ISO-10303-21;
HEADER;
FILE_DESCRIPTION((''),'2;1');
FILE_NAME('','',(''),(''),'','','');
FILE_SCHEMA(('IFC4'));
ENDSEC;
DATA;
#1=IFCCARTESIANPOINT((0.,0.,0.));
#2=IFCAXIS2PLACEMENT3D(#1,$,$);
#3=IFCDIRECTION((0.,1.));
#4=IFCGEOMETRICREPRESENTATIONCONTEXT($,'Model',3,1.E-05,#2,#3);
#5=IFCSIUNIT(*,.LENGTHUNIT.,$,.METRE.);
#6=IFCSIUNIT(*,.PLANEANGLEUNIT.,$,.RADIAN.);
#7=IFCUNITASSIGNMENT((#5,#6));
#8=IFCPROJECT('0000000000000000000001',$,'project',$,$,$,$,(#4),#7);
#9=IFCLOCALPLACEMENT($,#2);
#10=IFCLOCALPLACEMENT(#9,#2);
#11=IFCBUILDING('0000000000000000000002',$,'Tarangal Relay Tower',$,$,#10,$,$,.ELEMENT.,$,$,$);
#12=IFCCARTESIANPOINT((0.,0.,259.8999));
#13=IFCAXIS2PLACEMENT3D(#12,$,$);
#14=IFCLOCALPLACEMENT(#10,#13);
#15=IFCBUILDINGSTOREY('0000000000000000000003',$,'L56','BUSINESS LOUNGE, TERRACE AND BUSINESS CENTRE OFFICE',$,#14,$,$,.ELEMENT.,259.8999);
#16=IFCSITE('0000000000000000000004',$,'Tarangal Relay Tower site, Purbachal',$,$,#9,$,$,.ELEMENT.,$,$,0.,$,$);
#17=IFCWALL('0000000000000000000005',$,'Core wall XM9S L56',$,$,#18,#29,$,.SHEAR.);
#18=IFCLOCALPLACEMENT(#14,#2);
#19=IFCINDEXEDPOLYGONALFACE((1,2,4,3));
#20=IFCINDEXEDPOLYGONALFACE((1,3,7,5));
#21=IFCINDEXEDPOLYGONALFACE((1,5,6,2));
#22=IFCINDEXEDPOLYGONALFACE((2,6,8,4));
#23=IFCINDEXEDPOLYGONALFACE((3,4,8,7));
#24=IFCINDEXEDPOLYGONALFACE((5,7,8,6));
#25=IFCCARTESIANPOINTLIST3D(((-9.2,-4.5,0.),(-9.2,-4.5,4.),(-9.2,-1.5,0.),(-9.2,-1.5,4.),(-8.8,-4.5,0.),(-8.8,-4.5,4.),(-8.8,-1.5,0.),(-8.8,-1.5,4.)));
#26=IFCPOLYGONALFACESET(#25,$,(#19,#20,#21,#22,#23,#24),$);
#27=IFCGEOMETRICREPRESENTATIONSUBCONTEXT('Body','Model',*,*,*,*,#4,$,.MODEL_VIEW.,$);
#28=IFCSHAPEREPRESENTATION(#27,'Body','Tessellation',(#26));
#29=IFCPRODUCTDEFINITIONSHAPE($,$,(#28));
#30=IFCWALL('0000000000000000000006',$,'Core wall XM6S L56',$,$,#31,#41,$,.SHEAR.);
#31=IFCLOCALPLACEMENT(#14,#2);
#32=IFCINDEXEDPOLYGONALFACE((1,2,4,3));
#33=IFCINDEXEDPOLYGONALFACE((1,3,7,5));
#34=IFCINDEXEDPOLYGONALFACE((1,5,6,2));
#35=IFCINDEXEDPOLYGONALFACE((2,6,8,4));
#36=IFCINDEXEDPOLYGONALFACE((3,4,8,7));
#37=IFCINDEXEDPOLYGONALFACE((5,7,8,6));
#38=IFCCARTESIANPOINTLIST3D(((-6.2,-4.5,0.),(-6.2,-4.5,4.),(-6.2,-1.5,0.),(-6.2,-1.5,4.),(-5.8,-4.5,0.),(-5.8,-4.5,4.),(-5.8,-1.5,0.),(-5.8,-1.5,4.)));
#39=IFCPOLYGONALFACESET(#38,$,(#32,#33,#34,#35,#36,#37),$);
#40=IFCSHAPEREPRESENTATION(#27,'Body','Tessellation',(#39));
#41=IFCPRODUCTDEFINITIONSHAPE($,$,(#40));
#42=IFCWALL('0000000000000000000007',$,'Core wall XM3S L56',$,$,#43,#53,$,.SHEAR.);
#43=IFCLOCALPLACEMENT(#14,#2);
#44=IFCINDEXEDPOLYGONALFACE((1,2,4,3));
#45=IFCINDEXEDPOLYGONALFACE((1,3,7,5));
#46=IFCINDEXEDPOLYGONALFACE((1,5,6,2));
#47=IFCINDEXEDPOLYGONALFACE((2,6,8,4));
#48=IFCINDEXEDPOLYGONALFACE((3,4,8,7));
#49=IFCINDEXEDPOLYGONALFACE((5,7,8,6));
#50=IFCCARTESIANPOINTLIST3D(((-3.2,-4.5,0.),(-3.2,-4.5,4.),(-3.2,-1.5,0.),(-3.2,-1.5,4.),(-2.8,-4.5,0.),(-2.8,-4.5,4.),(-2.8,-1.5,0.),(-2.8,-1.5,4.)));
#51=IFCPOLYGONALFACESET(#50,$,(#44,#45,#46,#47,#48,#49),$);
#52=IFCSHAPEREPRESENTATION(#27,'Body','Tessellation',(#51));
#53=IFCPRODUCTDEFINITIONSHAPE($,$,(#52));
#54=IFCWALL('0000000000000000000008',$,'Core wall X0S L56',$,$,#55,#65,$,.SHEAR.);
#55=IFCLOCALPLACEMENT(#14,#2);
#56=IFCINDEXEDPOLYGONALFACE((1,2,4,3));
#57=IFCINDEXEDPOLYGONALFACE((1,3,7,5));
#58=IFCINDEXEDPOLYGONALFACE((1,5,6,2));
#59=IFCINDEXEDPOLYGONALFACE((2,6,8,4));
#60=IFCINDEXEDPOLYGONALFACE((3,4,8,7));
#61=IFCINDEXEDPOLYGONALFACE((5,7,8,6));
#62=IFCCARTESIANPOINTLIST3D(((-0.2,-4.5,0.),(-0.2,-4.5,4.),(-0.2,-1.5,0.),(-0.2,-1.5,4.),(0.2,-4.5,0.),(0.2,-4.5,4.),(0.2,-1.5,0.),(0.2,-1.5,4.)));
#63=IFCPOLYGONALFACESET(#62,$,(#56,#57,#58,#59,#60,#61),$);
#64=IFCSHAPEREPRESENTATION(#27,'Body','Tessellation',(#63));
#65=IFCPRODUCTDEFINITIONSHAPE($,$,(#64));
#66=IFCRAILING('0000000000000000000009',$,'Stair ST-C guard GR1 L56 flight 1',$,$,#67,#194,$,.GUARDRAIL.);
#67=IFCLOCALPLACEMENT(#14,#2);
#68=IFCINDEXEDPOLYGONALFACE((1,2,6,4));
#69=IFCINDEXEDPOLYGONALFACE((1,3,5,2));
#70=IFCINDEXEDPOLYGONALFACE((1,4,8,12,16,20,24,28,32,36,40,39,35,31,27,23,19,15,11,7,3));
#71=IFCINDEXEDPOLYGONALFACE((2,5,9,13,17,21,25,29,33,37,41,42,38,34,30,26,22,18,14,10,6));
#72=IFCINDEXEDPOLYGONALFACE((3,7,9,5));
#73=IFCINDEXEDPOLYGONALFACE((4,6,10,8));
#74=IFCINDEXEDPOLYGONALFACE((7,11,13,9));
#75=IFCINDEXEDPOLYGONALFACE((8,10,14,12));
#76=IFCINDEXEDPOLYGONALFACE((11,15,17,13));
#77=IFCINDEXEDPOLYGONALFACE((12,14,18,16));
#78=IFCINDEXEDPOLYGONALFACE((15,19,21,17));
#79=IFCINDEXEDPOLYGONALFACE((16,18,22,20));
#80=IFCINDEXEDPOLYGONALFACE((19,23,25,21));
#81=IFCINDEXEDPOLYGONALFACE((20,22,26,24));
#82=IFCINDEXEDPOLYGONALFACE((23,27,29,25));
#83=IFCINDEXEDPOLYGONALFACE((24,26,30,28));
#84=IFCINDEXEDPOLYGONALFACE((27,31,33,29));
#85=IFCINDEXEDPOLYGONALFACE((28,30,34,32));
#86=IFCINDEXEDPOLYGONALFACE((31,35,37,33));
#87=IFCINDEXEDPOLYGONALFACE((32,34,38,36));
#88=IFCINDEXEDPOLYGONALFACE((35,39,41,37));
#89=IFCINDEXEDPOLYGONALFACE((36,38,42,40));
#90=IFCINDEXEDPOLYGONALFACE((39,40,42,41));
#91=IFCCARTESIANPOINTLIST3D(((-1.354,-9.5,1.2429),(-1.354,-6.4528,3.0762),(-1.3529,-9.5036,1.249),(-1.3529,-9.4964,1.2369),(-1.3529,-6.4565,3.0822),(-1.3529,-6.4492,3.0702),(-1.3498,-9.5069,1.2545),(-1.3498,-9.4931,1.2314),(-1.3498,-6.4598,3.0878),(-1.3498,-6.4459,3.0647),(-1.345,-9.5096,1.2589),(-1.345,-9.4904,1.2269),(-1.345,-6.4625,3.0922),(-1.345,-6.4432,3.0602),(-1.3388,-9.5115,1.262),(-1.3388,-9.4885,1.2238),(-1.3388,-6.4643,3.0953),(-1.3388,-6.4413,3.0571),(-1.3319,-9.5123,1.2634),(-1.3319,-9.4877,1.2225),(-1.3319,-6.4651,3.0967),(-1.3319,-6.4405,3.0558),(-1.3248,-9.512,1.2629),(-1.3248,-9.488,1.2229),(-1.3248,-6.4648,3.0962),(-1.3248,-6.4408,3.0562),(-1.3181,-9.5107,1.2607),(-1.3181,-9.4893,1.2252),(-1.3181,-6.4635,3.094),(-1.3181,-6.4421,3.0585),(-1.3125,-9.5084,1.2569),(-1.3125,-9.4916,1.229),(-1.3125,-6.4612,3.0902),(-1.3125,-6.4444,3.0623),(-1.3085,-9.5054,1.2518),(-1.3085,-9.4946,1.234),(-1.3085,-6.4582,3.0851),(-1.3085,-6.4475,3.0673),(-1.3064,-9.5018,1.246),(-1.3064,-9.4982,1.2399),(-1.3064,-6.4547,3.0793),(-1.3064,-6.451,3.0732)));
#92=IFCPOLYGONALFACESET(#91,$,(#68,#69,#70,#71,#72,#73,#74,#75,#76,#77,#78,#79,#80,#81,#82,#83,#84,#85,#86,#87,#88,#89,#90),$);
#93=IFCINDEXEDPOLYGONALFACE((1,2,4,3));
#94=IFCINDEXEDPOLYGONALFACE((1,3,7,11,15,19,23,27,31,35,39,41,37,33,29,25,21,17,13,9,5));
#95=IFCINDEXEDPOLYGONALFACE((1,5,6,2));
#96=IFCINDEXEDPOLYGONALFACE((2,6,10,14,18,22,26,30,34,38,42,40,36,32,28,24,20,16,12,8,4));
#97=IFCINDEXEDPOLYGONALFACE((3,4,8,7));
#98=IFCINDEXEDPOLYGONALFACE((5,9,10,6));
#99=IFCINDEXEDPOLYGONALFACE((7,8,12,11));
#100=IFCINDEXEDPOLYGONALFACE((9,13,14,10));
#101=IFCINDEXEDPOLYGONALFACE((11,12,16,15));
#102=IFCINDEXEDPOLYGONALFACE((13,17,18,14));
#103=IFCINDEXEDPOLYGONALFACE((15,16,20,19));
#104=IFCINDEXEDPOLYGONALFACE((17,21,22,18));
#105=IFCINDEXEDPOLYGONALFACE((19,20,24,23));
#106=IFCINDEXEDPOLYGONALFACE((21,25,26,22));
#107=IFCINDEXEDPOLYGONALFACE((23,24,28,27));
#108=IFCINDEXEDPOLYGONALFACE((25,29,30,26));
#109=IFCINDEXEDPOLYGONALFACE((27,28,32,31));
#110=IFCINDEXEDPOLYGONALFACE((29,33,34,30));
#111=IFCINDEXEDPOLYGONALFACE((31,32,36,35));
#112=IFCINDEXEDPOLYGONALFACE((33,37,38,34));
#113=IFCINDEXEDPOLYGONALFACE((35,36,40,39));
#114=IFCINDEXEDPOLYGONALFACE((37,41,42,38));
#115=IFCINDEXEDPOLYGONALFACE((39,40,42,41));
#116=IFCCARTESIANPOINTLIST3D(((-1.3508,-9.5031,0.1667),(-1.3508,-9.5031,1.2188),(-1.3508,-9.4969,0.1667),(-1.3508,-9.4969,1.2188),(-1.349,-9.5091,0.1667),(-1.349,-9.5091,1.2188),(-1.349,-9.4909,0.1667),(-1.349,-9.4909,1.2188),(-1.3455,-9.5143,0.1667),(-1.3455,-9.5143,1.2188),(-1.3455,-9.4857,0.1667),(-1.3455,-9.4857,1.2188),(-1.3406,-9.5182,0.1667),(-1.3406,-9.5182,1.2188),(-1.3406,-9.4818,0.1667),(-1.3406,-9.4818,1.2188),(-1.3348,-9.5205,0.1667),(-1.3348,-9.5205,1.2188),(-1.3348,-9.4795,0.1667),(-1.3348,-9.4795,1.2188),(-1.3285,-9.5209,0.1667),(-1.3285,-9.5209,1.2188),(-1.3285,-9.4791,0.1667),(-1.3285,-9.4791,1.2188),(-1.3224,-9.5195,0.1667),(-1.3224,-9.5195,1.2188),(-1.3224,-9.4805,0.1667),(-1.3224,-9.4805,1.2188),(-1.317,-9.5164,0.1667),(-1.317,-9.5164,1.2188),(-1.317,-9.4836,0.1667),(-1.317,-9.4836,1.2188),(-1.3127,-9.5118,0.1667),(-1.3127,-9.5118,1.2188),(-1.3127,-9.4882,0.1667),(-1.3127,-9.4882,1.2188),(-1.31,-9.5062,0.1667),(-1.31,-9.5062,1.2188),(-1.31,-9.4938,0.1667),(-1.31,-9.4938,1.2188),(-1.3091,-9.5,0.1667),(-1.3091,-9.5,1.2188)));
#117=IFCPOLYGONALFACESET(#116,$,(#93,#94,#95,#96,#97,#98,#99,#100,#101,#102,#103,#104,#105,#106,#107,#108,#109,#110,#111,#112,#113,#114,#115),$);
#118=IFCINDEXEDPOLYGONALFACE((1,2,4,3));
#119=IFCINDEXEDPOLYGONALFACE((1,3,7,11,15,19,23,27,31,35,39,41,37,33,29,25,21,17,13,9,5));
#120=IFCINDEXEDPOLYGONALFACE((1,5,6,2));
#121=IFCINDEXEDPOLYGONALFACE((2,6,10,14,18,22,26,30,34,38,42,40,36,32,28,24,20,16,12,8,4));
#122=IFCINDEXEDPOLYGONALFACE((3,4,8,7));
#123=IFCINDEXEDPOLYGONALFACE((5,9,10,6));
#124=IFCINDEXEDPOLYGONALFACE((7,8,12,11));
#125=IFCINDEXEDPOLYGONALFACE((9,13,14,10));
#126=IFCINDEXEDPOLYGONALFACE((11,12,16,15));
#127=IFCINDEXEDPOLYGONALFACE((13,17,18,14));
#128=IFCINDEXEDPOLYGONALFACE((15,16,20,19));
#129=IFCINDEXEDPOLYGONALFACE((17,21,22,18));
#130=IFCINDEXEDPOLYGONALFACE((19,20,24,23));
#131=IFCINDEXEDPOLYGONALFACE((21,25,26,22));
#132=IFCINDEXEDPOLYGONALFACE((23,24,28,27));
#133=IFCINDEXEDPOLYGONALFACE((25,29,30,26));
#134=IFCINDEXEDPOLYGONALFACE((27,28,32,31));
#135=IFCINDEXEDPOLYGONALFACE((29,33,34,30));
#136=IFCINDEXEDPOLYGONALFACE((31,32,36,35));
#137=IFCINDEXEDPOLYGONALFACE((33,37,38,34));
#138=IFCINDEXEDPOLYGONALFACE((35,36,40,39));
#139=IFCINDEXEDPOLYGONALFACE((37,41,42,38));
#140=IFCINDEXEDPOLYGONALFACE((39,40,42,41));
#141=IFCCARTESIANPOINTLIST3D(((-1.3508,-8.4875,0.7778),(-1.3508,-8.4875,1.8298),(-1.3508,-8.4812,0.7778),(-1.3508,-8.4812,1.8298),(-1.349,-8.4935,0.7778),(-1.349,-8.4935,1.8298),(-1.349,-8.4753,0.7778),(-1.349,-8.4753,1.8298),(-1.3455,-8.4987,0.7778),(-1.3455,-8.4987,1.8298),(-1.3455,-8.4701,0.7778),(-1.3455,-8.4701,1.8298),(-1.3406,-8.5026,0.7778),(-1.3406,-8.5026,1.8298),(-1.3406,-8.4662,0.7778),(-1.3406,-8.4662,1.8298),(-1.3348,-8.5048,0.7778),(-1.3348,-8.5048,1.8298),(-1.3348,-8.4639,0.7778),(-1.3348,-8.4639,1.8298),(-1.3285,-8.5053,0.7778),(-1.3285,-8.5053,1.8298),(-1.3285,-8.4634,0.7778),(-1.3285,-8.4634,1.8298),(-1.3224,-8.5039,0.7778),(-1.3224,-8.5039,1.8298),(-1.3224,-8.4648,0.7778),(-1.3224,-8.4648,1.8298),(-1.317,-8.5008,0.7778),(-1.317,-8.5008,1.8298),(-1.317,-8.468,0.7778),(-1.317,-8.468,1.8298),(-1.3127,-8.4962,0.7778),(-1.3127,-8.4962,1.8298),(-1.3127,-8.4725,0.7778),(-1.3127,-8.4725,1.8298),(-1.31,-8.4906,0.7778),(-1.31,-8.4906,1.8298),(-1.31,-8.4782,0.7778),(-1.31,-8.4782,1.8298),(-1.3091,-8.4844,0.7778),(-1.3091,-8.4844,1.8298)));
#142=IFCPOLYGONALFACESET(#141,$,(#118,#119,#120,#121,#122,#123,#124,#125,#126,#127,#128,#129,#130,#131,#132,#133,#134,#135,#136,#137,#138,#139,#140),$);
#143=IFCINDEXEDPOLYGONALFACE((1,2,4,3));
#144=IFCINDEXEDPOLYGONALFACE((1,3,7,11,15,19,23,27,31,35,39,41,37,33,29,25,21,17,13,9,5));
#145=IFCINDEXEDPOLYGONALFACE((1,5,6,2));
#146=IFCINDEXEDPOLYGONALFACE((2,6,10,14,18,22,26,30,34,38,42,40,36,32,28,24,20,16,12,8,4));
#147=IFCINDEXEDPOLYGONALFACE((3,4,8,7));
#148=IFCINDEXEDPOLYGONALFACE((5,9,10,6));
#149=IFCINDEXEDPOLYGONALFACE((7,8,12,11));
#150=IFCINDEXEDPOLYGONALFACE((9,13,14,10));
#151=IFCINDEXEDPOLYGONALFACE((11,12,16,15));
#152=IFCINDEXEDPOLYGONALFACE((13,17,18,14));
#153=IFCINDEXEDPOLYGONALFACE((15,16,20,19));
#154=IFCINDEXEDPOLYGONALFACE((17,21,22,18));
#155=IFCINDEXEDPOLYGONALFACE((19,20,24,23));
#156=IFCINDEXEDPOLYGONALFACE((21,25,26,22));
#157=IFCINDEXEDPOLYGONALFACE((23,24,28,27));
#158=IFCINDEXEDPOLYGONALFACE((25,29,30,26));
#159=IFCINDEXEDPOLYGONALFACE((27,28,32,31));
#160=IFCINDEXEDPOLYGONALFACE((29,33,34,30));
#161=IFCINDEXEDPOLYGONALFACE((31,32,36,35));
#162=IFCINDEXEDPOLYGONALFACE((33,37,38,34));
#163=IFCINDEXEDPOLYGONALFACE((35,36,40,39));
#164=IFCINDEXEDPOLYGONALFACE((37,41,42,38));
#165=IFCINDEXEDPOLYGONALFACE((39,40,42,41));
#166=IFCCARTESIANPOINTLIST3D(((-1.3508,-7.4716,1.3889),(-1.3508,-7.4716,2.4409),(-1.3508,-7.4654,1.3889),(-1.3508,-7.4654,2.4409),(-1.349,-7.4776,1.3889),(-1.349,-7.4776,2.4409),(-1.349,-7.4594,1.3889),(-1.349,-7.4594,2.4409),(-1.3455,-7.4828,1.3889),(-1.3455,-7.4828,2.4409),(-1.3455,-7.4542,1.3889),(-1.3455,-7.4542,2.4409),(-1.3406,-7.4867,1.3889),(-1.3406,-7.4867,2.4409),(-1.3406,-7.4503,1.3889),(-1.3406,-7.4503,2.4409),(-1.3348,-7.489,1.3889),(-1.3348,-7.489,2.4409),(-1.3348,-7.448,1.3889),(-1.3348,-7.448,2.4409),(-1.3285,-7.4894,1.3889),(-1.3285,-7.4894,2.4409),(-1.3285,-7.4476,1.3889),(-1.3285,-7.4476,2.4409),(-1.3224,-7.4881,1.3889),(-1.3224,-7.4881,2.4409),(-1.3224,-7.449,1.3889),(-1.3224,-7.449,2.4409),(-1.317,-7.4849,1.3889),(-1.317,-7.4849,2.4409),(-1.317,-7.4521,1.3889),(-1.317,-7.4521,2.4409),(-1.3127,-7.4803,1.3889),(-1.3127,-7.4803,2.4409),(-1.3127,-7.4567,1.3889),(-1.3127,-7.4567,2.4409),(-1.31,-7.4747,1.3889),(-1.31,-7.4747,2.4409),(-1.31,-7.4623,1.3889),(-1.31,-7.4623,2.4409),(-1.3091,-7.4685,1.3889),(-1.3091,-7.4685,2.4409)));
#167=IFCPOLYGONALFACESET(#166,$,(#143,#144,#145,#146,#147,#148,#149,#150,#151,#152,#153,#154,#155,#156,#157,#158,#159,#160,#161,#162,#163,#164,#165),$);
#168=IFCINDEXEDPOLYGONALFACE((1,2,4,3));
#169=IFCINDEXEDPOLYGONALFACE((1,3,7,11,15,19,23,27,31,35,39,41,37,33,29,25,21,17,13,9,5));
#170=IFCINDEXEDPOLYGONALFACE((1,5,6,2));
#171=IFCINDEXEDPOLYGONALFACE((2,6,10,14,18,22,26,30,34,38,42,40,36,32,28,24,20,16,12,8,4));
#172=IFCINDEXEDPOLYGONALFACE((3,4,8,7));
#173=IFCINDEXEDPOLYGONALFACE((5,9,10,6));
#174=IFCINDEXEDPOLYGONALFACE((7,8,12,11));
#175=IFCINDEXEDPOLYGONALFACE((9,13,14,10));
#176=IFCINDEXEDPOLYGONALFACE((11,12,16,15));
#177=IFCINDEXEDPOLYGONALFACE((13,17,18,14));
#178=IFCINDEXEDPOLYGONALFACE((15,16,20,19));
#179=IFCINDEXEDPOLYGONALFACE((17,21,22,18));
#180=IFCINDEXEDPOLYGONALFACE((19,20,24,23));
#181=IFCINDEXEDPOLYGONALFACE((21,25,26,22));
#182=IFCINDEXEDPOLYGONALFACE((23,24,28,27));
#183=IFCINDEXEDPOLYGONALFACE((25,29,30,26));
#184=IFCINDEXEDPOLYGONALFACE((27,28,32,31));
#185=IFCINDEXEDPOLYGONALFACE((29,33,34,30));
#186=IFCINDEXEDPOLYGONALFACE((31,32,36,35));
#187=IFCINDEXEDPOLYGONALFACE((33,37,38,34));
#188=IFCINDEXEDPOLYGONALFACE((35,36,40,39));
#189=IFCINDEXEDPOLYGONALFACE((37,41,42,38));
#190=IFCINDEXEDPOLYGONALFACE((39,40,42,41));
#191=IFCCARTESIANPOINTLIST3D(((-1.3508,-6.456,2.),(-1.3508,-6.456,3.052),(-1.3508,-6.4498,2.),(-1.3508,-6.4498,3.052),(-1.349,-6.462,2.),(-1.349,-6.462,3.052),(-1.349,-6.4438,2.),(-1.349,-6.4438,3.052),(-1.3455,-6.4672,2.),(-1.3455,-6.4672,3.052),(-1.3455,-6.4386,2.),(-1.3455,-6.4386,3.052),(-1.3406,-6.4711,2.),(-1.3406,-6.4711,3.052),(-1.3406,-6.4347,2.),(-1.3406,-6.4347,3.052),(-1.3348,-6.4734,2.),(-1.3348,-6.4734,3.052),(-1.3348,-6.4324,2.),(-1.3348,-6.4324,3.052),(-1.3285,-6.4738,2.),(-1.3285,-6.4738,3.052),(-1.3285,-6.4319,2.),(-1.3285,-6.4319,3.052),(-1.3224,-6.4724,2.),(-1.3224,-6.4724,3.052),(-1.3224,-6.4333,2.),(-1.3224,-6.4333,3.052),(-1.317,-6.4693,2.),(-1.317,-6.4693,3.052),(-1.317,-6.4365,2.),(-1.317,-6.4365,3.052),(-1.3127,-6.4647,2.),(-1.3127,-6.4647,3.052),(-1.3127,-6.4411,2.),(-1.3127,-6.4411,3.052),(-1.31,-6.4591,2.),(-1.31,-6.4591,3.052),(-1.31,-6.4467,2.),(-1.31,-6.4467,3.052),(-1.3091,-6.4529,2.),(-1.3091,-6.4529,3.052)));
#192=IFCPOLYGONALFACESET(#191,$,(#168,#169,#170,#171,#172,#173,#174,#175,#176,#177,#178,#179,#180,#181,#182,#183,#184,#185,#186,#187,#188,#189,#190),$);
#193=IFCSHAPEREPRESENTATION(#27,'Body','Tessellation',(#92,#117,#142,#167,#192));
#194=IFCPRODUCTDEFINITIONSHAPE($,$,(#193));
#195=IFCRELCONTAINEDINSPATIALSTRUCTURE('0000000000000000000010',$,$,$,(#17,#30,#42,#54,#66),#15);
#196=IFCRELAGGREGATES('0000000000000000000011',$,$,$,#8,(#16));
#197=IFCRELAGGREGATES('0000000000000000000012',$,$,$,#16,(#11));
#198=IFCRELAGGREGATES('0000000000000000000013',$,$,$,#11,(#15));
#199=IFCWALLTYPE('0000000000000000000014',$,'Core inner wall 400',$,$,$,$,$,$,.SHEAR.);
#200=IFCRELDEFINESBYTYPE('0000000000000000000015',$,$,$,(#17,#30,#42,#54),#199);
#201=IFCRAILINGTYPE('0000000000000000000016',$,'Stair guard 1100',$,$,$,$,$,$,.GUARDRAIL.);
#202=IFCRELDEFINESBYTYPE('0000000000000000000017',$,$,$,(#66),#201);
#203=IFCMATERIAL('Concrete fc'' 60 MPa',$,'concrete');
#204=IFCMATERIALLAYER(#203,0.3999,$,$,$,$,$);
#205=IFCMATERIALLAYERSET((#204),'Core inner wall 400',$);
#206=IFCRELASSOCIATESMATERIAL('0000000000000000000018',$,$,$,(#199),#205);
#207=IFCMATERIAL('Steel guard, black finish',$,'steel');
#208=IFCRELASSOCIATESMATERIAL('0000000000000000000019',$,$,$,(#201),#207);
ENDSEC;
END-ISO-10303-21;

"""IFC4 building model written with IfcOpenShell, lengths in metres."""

from ifc_helpers import new_model, si_unit, direction, frame, frame_2d, origin, origin_2d, place, context, subcontext, project, spatial, rectangle, circle, extrude, material, layer, layer_set, type_object, element, save


model = new_model("IFC4")

# Units and contexts
model_context = context("Model", 3, precision=1e-05, world=origin(), true_north=direction((0.0, 1.0)))
body_context = subcontext(model_context, "Body", "Model", "MODEL_VIEW")
ifc_project = project(units=[si_unit("LENGTHUNIT", "METRE"), si_unit("PLANEANGLEUNIT", "RADIAN")], contexts=[model_context])

# Site, building, storey
site_placement = place(None, origin())
site = spatial("IfcSite", under=ifc_project, at=site_placement, Name="Tarangal Relay Tower site, Purbachal", CompositionType="ELEMENT", RefElevation=0.0)
building_placement = place(site_placement, origin())
building = spatial("IfcBuilding", under=site, at=building_placement, Name="Tarangal Relay Tower", CompositionType="ELEMENT")
storey_placement = place(building_placement, frame((0.0, 0.0, 259.8999)))
storey = spatial("IfcBuildingStorey", under=building, at=storey_placement, Name="L56", Description="BUSINESS LOUNGE, TERRACE AND BUSINESS CENTRE OFFICE", CompositionType="ELEMENT", Elevation=259.8999)

# Shared definitions
ifc_material_1 = material(Name="Concrete fc' 60 MPa", Category="concrete")
ifc_layer_1 = layer(ifc_material_1, 0.3999)
ifc_layer_set_1 = layer_set([ifc_layer_1], Name="Core inner wall 400")
wall_type_1 = type_object("IfcWallType", Name="Core inner wall 400", PredefinedType="SHEAR", material=ifc_layer_set_1)

# Walls
for number, where, z_axis, x_axis, name in (
    (1, (-9.0, -4.5, 0.0), (0.0, 0.0, 1.0), (0.0, 1.0, 0.0), "Core wall XM9S L56"),
    (2, (-6.0, -4.5, 0.0), (0.0, 0.0, 1.0), (0.0, 1.0, 0.0), "Core wall XM6S L56"),
    (3, (-3.0, -4.5, 0.0), (0.0, 0.0, 1.0), (0.0, 1.0, 0.0), "Core wall XM3S L56"),
    (4, (0.0, -4.5, 0.0), (0.0, 0.0, 1.0), (0.0, 1.0, 0.0), "Core wall X0S L56"),
):
    element("IfcWall", number, at=place(storey_placement, frame(where, z_axis=z_axis, x_axis=x_axis)), inside=storey, type_object=wall_type_1, Name=name, PredefinedType="SHEAR", context=body_context, shape_type="SweptSolid", body=[
        extrude(rectangle(XDim=3.0, YDim=0.3999, at=frame_2d((1.5, 0.0))), origin(), (0.0, 0.0, 1.0), 4.0),
    ])

# Railing
ifc_material_2 = material(Name="Steel guard, black finish", Category="steel")
railing_type = type_object("IfcRailingType", Name="Stair guard 1100", PredefinedType="GUARDRAIL", material=ifc_material_2)
railing_1_placement = place(storey_placement, frame((-1.3301, -9.5, 0.1667)))
element("IfcRailing", 5, at=railing_1_placement, inside=storey, type_object=railing_type, Name="Stair ST-C guard GR1 L56 flight 1", PredefinedType="GUARDRAIL", context=body_context, shape_type="SweptSolid", body=[
    extrude(circle(Radius=0.0239, at=origin_2d()), frame((0.0, 0.0, 1.0762), z_axis=(0.0, 0.856874, 0.515525), x_axis=(-1.0, 0.0, 0.0)), (0.0, 0.0, 1.0), 3.5562),
    extrude(circle(Radius=0.021, at=origin_2d()), origin(), (0.0, 0.0, 1.0), 1.052),
    extrude(circle(Radius=0.021, at=origin_2d()), frame((0.0, 1.0156, 0.6111)), (0.0, 0.0, 1.0), 1.052),
    extrude(circle(Radius=0.021, at=origin_2d()), frame((0.0, 2.0315, 1.2222)), (0.0, 0.0, 1.0), 1.052),
    extrude(circle(Radius=0.021, at=origin_2d()), frame((0.0, 3.0471, 1.8333)), (0.0, 0.0, 1.0), 1.052),
])

save(model, "model.ifc")
